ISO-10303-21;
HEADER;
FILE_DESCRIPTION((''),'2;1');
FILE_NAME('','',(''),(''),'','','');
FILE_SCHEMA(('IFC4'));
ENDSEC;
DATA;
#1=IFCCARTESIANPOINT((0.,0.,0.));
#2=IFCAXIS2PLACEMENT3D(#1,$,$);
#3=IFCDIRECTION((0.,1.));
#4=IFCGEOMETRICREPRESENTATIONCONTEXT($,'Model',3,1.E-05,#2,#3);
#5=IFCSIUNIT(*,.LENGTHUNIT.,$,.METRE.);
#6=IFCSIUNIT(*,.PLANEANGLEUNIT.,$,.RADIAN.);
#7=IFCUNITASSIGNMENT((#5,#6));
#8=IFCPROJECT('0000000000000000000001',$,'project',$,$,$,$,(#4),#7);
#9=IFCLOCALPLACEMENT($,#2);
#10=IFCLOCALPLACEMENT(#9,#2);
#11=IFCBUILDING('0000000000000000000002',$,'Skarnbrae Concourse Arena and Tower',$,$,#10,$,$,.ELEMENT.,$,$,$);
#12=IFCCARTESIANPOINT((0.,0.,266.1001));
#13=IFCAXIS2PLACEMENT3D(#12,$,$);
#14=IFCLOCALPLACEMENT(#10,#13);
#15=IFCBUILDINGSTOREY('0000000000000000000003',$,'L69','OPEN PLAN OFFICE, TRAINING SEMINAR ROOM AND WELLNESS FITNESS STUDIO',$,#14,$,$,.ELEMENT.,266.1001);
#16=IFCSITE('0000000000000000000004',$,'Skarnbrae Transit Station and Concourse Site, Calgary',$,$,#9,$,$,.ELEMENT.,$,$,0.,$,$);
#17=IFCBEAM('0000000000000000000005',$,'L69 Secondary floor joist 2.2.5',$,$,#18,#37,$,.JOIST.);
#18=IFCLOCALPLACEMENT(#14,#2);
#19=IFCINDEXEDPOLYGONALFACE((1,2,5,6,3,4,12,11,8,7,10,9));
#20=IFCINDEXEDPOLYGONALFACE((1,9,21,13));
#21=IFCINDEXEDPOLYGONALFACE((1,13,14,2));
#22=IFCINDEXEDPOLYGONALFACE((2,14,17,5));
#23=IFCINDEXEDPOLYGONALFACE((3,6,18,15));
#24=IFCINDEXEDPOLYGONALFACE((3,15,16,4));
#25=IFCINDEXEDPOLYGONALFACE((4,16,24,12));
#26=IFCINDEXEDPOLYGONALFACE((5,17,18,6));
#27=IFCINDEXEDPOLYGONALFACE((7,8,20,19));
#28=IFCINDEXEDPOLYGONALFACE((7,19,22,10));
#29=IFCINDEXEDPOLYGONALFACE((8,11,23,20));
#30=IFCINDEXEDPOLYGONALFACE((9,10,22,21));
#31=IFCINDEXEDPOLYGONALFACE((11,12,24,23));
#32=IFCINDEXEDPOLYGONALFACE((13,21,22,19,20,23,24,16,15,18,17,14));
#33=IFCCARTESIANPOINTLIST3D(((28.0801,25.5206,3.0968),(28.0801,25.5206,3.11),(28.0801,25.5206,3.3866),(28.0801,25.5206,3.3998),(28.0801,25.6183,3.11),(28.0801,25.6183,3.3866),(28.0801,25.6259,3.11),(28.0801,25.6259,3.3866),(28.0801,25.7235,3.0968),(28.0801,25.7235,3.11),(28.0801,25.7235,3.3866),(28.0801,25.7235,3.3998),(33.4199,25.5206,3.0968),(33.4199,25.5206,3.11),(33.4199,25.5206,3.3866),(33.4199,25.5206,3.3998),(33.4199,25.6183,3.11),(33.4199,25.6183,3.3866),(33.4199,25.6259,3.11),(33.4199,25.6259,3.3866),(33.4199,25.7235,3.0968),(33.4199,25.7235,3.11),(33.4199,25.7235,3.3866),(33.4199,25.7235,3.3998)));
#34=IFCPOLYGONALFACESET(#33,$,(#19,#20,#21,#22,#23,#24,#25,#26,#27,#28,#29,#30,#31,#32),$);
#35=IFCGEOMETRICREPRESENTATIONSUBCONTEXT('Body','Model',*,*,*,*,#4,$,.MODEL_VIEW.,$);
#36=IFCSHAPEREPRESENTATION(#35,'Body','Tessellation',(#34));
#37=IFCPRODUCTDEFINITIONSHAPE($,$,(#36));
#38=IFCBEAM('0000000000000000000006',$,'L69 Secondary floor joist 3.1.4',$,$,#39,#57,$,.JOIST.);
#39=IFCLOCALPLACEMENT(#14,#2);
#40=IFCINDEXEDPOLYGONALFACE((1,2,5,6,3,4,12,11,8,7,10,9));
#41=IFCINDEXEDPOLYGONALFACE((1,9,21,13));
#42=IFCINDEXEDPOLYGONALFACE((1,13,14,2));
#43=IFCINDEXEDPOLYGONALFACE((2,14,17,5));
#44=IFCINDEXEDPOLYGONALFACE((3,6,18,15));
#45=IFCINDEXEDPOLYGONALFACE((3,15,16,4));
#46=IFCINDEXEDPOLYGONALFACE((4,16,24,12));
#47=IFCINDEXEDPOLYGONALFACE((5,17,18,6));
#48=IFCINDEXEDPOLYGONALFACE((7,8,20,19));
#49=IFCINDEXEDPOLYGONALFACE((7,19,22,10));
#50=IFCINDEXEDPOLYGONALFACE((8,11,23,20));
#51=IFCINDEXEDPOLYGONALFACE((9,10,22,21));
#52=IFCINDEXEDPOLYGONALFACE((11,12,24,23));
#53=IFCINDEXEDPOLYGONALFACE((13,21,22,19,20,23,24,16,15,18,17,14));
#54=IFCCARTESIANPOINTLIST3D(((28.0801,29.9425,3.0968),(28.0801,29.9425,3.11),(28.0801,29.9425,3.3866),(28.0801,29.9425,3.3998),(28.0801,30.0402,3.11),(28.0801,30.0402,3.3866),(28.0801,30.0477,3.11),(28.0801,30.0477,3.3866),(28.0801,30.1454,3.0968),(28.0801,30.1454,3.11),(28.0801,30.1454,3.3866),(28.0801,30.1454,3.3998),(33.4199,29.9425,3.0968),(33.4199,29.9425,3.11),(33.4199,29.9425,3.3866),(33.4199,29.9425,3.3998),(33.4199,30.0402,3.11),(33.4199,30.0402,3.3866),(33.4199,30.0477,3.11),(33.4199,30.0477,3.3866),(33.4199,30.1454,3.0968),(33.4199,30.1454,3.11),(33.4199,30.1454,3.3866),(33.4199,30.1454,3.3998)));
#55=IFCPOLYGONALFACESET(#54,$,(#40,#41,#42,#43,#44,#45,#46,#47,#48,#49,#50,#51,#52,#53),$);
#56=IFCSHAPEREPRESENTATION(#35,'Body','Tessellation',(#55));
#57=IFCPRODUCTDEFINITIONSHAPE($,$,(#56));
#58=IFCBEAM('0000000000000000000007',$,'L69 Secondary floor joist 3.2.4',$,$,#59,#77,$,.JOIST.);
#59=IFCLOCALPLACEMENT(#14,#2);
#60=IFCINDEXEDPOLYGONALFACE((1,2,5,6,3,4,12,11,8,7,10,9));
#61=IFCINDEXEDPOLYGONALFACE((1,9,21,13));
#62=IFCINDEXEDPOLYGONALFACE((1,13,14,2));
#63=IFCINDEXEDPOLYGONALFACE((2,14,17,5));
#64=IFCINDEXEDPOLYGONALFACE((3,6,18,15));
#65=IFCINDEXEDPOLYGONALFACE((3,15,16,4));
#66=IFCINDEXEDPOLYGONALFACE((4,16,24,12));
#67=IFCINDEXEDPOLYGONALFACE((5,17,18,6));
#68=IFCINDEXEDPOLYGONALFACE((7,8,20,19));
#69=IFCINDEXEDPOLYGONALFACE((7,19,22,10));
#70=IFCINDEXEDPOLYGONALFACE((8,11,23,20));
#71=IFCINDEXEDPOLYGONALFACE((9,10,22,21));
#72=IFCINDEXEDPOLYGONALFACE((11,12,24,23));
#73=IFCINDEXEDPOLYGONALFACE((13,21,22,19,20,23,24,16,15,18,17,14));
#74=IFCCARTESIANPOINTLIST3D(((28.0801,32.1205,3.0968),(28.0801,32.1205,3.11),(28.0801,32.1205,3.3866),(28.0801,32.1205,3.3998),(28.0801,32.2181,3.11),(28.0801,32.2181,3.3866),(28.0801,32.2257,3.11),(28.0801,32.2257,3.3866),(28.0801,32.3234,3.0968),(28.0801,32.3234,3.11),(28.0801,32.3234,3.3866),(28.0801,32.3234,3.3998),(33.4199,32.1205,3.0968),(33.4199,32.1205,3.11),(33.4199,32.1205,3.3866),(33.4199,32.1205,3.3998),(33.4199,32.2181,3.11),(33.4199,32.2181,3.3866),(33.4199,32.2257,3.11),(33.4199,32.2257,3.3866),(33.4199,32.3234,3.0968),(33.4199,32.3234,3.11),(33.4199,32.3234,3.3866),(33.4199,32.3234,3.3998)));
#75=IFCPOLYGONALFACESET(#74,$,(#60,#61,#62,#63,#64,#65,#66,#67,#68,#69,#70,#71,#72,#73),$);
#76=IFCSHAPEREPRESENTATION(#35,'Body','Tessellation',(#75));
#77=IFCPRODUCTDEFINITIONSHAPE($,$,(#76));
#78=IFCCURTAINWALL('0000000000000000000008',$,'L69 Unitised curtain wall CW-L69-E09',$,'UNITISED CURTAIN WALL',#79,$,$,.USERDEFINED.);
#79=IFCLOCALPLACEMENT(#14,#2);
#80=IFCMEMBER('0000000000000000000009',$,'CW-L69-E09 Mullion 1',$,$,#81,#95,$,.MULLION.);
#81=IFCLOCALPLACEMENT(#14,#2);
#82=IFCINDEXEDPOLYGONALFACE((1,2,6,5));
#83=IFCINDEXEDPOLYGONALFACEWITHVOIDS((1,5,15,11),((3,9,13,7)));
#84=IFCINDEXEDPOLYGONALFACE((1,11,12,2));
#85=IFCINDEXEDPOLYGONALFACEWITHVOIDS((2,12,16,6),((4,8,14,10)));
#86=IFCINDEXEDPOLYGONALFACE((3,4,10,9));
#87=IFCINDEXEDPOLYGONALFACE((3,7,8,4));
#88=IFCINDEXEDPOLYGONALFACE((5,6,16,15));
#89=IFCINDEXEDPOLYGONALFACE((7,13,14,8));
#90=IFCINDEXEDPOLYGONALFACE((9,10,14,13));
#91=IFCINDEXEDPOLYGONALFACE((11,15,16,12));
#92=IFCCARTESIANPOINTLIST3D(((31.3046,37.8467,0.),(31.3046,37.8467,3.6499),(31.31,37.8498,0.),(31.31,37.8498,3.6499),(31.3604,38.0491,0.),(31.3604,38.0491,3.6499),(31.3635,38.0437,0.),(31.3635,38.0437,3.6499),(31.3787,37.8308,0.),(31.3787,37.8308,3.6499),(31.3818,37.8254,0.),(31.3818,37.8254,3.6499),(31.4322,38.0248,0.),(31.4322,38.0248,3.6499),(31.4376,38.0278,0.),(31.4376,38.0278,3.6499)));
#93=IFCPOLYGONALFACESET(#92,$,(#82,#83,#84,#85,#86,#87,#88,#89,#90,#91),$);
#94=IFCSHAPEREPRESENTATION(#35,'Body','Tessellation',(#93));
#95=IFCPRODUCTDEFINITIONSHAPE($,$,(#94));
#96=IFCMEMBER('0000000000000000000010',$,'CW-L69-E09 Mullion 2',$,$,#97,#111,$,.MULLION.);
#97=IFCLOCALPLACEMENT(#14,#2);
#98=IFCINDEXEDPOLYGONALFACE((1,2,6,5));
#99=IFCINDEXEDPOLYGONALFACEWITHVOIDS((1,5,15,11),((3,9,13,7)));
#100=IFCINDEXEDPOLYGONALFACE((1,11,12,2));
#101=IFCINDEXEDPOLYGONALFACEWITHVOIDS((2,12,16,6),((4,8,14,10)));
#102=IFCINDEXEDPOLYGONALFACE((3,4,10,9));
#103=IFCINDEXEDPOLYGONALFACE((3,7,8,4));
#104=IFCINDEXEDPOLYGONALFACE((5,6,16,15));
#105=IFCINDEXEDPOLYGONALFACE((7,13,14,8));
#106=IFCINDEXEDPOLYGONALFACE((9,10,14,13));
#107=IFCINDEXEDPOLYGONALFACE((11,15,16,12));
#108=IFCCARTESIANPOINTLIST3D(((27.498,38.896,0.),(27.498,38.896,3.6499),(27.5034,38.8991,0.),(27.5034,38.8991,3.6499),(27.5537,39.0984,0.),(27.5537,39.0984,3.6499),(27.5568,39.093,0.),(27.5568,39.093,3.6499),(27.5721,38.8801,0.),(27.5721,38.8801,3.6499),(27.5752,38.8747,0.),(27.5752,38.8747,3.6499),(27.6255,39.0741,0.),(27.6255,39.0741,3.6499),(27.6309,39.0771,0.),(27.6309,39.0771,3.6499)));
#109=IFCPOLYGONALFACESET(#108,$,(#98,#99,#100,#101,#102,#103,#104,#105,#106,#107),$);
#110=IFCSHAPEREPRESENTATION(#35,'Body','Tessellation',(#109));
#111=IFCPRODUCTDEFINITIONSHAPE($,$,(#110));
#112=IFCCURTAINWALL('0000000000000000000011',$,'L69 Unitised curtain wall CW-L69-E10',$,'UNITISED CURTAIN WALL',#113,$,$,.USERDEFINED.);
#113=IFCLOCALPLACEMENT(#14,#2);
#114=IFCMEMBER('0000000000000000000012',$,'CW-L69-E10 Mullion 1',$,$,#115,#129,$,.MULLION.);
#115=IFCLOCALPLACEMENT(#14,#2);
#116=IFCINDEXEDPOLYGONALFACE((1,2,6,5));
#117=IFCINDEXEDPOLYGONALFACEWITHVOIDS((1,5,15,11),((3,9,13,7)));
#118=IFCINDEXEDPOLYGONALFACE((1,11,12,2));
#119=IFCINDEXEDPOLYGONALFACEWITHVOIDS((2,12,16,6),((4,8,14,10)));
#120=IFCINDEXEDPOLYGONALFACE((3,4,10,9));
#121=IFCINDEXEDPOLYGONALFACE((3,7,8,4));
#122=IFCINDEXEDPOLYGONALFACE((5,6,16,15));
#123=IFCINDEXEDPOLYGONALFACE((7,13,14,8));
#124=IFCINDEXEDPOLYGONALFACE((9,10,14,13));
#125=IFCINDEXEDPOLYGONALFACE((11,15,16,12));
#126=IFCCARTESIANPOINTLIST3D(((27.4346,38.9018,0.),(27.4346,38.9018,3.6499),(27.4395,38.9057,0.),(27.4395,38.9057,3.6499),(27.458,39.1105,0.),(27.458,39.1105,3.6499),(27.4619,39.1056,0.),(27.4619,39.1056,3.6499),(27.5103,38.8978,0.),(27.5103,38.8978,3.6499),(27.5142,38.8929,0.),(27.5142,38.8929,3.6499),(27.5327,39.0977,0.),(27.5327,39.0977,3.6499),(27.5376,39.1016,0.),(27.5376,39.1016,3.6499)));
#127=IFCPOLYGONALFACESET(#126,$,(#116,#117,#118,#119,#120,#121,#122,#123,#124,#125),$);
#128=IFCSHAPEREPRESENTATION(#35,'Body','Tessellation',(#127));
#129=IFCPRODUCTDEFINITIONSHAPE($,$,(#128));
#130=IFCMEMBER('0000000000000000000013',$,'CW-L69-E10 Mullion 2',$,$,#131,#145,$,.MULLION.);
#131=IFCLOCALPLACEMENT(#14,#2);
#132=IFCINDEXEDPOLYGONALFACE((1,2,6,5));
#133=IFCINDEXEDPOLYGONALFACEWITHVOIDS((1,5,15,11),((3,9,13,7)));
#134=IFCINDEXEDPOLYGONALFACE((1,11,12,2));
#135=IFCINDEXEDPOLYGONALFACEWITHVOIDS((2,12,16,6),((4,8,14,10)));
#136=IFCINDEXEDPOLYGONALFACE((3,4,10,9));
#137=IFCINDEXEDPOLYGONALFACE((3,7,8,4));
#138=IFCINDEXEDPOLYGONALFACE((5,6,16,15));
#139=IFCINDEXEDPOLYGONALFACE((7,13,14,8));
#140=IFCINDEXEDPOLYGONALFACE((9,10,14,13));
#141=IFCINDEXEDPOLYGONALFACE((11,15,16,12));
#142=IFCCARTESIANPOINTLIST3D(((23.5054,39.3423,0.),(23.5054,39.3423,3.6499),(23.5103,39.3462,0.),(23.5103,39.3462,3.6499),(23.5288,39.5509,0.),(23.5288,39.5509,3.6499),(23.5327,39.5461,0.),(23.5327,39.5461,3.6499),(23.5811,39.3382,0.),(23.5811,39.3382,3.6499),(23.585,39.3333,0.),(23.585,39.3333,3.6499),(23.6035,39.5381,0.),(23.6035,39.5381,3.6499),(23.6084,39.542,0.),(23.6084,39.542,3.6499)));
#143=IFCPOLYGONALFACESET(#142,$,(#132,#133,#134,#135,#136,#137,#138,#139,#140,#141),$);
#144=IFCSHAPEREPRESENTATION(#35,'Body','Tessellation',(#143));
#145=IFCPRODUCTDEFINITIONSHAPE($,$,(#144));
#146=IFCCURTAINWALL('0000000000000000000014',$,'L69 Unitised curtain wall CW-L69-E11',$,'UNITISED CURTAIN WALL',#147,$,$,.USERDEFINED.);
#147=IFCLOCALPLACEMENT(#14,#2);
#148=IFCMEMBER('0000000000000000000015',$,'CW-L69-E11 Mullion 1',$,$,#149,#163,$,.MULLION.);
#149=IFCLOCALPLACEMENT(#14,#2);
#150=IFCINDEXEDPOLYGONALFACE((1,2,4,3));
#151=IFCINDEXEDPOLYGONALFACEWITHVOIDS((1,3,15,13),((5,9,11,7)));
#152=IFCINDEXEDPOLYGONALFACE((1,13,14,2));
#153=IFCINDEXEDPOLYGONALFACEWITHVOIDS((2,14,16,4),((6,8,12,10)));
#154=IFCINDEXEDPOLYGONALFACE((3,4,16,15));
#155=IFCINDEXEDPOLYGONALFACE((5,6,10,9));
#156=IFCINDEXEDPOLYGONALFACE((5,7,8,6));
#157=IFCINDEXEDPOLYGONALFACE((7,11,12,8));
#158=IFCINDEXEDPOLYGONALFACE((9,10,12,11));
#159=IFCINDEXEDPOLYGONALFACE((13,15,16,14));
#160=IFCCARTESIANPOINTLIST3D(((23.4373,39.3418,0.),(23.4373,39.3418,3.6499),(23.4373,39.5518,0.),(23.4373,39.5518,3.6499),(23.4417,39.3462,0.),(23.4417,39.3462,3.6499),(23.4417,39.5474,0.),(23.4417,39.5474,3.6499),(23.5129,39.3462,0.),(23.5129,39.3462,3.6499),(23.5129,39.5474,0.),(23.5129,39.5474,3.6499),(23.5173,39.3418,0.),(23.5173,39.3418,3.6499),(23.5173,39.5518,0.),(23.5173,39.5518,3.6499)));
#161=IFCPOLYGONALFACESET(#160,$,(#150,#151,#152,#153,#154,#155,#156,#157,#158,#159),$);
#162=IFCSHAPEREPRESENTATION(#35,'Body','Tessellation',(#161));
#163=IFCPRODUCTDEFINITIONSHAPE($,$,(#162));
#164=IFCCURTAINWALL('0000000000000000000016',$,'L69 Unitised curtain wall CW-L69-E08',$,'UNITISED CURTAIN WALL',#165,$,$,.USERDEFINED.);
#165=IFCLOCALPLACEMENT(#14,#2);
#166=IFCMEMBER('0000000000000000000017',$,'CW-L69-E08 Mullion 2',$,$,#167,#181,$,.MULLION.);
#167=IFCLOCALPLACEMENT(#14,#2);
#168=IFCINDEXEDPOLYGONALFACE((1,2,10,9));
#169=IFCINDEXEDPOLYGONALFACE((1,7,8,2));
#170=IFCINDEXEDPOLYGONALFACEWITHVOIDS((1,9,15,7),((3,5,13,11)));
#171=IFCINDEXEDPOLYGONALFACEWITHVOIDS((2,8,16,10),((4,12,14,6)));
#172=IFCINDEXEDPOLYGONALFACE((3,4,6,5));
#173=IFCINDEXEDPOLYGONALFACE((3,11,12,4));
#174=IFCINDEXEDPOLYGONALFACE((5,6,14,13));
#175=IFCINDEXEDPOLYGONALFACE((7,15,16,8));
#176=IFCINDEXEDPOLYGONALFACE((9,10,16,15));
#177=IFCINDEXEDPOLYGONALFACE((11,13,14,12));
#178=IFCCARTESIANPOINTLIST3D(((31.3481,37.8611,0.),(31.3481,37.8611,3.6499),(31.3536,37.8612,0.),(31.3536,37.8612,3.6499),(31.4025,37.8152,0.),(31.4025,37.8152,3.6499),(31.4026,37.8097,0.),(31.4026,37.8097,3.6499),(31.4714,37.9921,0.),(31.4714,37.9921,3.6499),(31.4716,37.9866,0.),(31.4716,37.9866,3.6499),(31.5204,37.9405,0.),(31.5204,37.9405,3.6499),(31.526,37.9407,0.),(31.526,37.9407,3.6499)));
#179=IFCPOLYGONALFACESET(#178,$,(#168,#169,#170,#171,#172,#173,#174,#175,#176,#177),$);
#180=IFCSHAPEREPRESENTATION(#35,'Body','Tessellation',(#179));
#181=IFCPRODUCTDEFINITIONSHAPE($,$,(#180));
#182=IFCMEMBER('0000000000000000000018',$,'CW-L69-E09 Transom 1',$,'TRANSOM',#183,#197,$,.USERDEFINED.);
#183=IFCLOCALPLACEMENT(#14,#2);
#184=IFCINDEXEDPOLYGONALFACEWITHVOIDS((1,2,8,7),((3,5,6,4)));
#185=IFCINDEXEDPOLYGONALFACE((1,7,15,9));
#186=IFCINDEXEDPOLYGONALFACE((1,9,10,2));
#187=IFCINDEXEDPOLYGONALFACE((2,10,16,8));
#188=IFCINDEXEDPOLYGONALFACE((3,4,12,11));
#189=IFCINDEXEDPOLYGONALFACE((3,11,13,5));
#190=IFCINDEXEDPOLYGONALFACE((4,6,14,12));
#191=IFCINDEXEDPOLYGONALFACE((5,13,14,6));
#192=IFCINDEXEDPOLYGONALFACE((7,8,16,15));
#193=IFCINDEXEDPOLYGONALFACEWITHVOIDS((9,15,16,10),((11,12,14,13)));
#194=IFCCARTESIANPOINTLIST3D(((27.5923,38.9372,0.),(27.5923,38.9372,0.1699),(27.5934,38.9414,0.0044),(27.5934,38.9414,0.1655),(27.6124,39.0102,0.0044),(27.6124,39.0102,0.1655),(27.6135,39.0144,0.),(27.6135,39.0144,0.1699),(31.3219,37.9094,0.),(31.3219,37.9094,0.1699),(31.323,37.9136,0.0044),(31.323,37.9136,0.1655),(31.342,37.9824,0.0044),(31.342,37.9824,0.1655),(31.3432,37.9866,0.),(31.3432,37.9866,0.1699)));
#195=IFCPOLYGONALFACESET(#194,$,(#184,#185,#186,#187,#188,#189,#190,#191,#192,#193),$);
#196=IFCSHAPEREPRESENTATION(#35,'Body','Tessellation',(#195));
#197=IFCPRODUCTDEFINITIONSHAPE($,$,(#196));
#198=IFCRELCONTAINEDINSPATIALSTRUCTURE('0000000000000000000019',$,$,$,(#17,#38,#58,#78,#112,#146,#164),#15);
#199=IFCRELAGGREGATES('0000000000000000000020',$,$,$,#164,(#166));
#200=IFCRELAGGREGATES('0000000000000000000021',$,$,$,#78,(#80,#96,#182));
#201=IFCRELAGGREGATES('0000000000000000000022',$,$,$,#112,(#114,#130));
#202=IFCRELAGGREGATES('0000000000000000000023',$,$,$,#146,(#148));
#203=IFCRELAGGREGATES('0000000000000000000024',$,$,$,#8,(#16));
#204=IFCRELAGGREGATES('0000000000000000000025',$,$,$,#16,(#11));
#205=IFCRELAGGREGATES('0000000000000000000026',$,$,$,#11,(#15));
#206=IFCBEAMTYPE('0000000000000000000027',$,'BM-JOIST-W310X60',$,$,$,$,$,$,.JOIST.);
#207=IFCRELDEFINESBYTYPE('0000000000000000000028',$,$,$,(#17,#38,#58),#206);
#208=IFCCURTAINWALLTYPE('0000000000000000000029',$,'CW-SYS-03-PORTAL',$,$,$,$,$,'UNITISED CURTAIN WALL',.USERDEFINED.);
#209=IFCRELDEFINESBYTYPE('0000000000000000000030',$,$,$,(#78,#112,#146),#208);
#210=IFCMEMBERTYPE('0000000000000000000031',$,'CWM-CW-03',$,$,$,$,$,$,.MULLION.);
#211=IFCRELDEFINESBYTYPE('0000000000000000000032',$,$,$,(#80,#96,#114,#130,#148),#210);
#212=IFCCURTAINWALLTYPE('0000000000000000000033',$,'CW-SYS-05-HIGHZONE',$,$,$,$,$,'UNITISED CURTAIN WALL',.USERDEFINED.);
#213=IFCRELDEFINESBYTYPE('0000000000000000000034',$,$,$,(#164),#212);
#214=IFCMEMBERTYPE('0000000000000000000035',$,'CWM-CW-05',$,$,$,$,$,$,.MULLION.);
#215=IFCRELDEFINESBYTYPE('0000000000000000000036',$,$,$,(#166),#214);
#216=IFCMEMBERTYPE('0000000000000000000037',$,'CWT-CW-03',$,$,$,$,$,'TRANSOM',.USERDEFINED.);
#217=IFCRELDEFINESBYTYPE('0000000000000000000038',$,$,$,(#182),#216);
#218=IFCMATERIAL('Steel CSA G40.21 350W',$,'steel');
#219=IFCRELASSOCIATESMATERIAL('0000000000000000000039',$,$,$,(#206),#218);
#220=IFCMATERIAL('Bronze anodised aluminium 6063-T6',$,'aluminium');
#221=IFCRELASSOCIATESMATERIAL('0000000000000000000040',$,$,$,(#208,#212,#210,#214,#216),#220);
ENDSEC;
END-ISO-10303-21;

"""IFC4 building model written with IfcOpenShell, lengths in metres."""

from ifc_helpers import new_model, si_unit, direction, frame, origin, origin_2d, place, context, subcontext, project, spatial, hollow_rectangle, i_section, extrude, source, transform, mapped, material, material_profile, profile_set, type_object, element, aggregate, save


model = new_model("IFC4")

# Units and contexts
model_context = context("Model", 3, precision=1e-05, world=origin(), true_north=direction((0.0, 1.0)))
body_context = subcontext(model_context, "Body", "Model", "MODEL_VIEW")
ifc_project = project(units=[si_unit("LENGTHUNIT", "METRE"), si_unit("PLANEANGLEUNIT", "RADIAN")], contexts=[model_context])

# Site, building, storey
site_placement = place(None, origin())
site = spatial("IfcSite", under=ifc_project, at=site_placement, Name="Skarnbrae Transit Station and Concourse Site, Calgary", CompositionType="ELEMENT", RefElevation=0.0)
building_placement = place(site_placement, origin())
building = spatial("IfcBuilding", under=site, at=building_placement, Name="Skarnbrae Concourse Arena and Tower", CompositionType="ELEMENT")
storey_placement = place(building_placement, frame((0.0, 0.0, 266.1001)))
storey = spatial("IfcBuildingStorey", under=building, at=storey_placement, Name="L69", Description="OPEN PLAN OFFICE, TRAINING SEMINAR ROOM AND WELLNESS FITNESS STUDIO", CompositionType="ELEMENT", Elevation=266.1001)

# Shared definitions
ifc_material_1 = material(Name="Steel CSA G40.21 350W", Category="steel")

# Beams
ifc_material_profile_1 = material_profile(ifc_material_1, i_section(OverallWidth=0.2029, OverallDepth=0.303, WebThickness=0.0076, FlangeThickness=0.0132, at=origin_2d()), Name="W310X60")
ifc_profile_set_1 = profile_set([ifc_material_profile_1], Name="Steel CSA G40.21 350W")
beam_type_1 = type_object("IfcBeamType", Name="BM-JOIST-W310X60", PredefinedType="JOIST", material=ifc_profile_set_1)
shared_shape_1 = source(origin(), body_context, "Body", "SweptSolid", [
    extrude(i_section(OverallWidth=0.2029, OverallDepth=0.303, WebThickness=0.0076, FlangeThickness=0.0132, at=origin_2d()), origin(), (0.0, 0.0, 1.0), 5.3398),
])
for number, where, z_axis, x_axis, name in (
    (1, (28.0801, 25.6221, 3.2483), (1.0, 0.0, 0.0), (0.0, 1.0, 0.0), "L69 Secondary floor joist 2.2.5"),
    (2, (28.0801, 30.0439, 3.2483), (1.0, 0.0, 0.0), (0.0, 1.0, 0.0), "L69 Secondary floor joist 3.1.4"),
    (3, (28.0801, 32.2219, 3.2483), (1.0, 0.0, 0.0), (0.0, 1.0, 0.0), "L69 Secondary floor joist 3.2.4"),
):
    element("IfcBeam", number, at=place(storey_placement, frame(where, z_axis=z_axis, x_axis=x_axis)), inside=storey, type_object=beam_type_1, Name=name, PredefinedType="JOIST", context=body_context, shape_type="MappedRepresentation", body=[
        mapped(shared_shape_1, transform((0.0, 0.0, 0.0))),
    ])

# Curtain walls, members
ifc_material_2 = material(Name="Bronze anodised aluminium 6063-T6", Category="aluminium")
curtain_wall_type_1 = type_object("IfcCurtainWallType", Name="CW-SYS-03-PORTAL", ElementType="UNITISED CURTAIN WALL", PredefinedType="USERDEFINED", material=ifc_material_2)
curtain_wall_1_placement = place(storey_placement, origin())
curtain_wall_1 = element("IfcCurtainWall", 4, at=curtain_wall_1_placement, inside=storey, type_object=curtain_wall_type_1, Name="L69 Unitised curtain wall CW-L69-E09", ObjectType="UNITISED CURTAIN WALL", PredefinedType="USERDEFINED")
ifc_material_profile_2 = material_profile(ifc_material_2, hollow_rectangle(XDim=0.0801, YDim=0.21, WallThickness=0.0044, at=origin_2d()), Name="ALU-MULL-80X210")
ifc_profile_set_2 = profile_set([ifc_material_profile_2], Name="Bronze anodised aluminium 6063-T6")
member_type_1 = type_object("IfcMemberType", Name="CWM-CW-03", PredefinedType="MULLION", material=ifc_profile_set_2)
shared_shape_2 = source(origin(), body_context, "Body", "SweptSolid", [
    extrude(hollow_rectangle(XDim=0.0801, YDim=0.21, WallThickness=0.0044, at=origin_2d()), origin(), (0.0, 0.0, 1.0), 3.6499),
])
member_1_placement = place(storey_placement, frame((31.3711, 37.9373, 0.0), z_axis=(0.0, 0.0, 1.0), x_axis=(-0.964057, 0.265694, 0.0)))
member_1 = element("IfcMember", 5, at=member_1_placement, type_object=member_type_1, Name="CW-L69-E09 Mullion 1", PredefinedType="MULLION", context=body_context, shape_type="MappedRepresentation", body=[
    mapped(shared_shape_2, transform((0.0, 0.0, 0.0))),
])
member_2_placement = place(storey_placement, frame((27.5645, 38.9866, 0.0), z_axis=(0.0, 0.0, 1.0), x_axis=(-0.964057, 0.265694, 0.0)))
member_2 = element("IfcMember", 6, at=member_2_placement, type_object=member_type_1, Name="CW-L69-E09 Mullion 2", PredefinedType="MULLION", context=body_context, shape_type="MappedRepresentation", body=[
    mapped(shared_shape_2, transform((0.0, 0.0, 0.0))),
])
curtain_wall_2_placement = place(storey_placement, origin())
curtain_wall_2 = element("IfcCurtainWall", 7, at=curtain_wall_2_placement, inside=storey, type_object=curtain_wall_type_1, Name="L69 Unitised curtain wall CW-L69-E10", ObjectType="UNITISED CURTAIN WALL", PredefinedType="USERDEFINED")
member_3_placement = place(storey_placement, frame((27.4861, 39.0017, 0.0), z_axis=(0.0, 0.0, 1.0), x_axis=(-0.993769, 0.11146, 0.0)))
member_3 = element("IfcMember", 8, at=member_3_placement, type_object=member_type_1, Name="CW-L69-E10 Mullion 1", PredefinedType="MULLION", context=body_context, shape_type="MappedRepresentation", body=[
    mapped(shared_shape_2, transform((0.0, 0.0, 0.0))),
])
member_4_placement = place(storey_placement, frame((23.5569, 39.4421, 0.0), z_axis=(0.0, 0.0, 1.0), x_axis=(-0.993769, 0.11146, 0.0)))
member_4 = element("IfcMember", 9, at=member_4_placement, type_object=member_type_1, Name="CW-L69-E10 Mullion 2", PredefinedType="MULLION", context=body_context, shape_type="MappedRepresentation", body=[
    mapped(shared_shape_2, transform((0.0, 0.0, 0.0))),
])

# Curtain walls, members
curtain_wall_3_placement = place(storey_placement, origin())
curtain_wall_3 = element("IfcCurtainWall", 10, at=curtain_wall_3_placement, inside=storey, type_object=curtain_wall_type_1, Name="L69 Unitised curtain wall CW-L69-E11", ObjectType="UNITISED CURTAIN WALL", PredefinedType="USERDEFINED")
member_5_placement = place(storey_placement, frame((23.4773, 39.4468, 0.0), z_axis=(0.0, 0.0, 1.0), x_axis=(-1.0, 0.0, 0.0)))
member_5 = element("IfcMember", 11, at=member_5_placement, type_object=member_type_1, Name="CW-L69-E11 Mullion 1", PredefinedType="MULLION", context=body_context, shape_type="MappedRepresentation", body=[
    mapped(shared_shape_2, transform((0.0, 0.0, 0.0))),
])
curtain_wall_type_2 = type_object("IfcCurtainWallType", Name="CW-SYS-05-HIGHZONE", ElementType="UNITISED CURTAIN WALL", PredefinedType="USERDEFINED", material=ifc_material_2)
curtain_wall_4_placement = place(storey_placement, origin())
curtain_wall_4 = element("IfcCurtainWall", 12, at=curtain_wall_4_placement, inside=storey, type_object=curtain_wall_type_2, Name="L69 Unitised curtain wall CW-L69-E08", ObjectType="UNITISED CURTAIN WALL", PredefinedType="USERDEFINED")
ifc_material_profile_3 = material_profile(ifc_material_2, hollow_rectangle(XDim=0.075, YDim=0.1799, WallThickness=0.0039, at=origin_2d()), Name="ALU-MULL-75X180")
ifc_profile_set_3 = profile_set([ifc_material_profile_3], Name="Bronze anodised aluminium 6063-T6")
member_type_2 = type_object("IfcMemberType", Name="CWM-CW-05", PredefinedType="MULLION", material=ifc_profile_set_3)
shared_shape_3 = source(origin(), body_context, "Body", "SweptSolid", [
    extrude(hollow_rectangle(XDim=0.075, YDim=0.1799, WallThickness=0.0039, at=origin_2d()), origin(), (0.0, 0.0, 1.0), 3.6499),
])
member_6_placement = place(storey_placement, frame((31.437, 37.9009, 0.0), z_axis=(0.0, 0.0, 1.0), x_axis=(-0.728131, 0.685438, 0.0)))
member_6 = element("IfcMember", 13, at=member_6_placement, type_object=member_type_2, Name="CW-L69-E08 Mullion 2", PredefinedType="MULLION", context=body_context, shape_type="MappedRepresentation", body=[
    mapped(shared_shape_3, transform((0.0, 0.0, 0.0))),
])
aggregate(curtain_wall_4, [member_6])

# Member
ifc_material_profile_4 = material_profile(ifc_material_2, hollow_rectangle(XDim=0.0801, YDim=0.1699, WallThickness=0.0044, at=origin_2d()), Name="ALU-TRAN-80X170")
ifc_profile_set_4 = profile_set([ifc_material_profile_4], Name="Bronze anodised aluminium 6063-T6")
member_type_3 = type_object("IfcMemberType", Name="CWT-CW-03", ElementType="TRANSOM", PredefinedType="USERDEFINED", material=ifc_profile_set_4)
shared_shape_4 = source(origin(), body_context, "Body", "SweptSolid", [
    extrude(hollow_rectangle(XDim=0.0801, YDim=0.1699, WallThickness=0.0044, at=origin_2d()), origin(), (0.0, 0.0, 1.0), 3.8687),
])
member_7_placement = place(storey_placement, frame((31.3325, 37.948, 0.085), z_axis=(-0.964063, 0.265674, 0.0), x_axis=(-0.265674, -0.964063, 0.0)))
member_7 = element("IfcMember", 14, at=member_7_placement, type_object=member_type_3, Name="CW-L69-E09 Transom 1", ObjectType="TRANSOM", PredefinedType="USERDEFINED", context=body_context, shape_type="MappedRepresentation", body=[
    mapped(shared_shape_4, transform((0.0, 0.0, 0.0))),
])

aggregate(curtain_wall_1, [member_1, member_2, member_7])
aggregate(curtain_wall_2, [member_3, member_4])
aggregate(curtain_wall_3, [member_5])

save(model, "model.ifc")
